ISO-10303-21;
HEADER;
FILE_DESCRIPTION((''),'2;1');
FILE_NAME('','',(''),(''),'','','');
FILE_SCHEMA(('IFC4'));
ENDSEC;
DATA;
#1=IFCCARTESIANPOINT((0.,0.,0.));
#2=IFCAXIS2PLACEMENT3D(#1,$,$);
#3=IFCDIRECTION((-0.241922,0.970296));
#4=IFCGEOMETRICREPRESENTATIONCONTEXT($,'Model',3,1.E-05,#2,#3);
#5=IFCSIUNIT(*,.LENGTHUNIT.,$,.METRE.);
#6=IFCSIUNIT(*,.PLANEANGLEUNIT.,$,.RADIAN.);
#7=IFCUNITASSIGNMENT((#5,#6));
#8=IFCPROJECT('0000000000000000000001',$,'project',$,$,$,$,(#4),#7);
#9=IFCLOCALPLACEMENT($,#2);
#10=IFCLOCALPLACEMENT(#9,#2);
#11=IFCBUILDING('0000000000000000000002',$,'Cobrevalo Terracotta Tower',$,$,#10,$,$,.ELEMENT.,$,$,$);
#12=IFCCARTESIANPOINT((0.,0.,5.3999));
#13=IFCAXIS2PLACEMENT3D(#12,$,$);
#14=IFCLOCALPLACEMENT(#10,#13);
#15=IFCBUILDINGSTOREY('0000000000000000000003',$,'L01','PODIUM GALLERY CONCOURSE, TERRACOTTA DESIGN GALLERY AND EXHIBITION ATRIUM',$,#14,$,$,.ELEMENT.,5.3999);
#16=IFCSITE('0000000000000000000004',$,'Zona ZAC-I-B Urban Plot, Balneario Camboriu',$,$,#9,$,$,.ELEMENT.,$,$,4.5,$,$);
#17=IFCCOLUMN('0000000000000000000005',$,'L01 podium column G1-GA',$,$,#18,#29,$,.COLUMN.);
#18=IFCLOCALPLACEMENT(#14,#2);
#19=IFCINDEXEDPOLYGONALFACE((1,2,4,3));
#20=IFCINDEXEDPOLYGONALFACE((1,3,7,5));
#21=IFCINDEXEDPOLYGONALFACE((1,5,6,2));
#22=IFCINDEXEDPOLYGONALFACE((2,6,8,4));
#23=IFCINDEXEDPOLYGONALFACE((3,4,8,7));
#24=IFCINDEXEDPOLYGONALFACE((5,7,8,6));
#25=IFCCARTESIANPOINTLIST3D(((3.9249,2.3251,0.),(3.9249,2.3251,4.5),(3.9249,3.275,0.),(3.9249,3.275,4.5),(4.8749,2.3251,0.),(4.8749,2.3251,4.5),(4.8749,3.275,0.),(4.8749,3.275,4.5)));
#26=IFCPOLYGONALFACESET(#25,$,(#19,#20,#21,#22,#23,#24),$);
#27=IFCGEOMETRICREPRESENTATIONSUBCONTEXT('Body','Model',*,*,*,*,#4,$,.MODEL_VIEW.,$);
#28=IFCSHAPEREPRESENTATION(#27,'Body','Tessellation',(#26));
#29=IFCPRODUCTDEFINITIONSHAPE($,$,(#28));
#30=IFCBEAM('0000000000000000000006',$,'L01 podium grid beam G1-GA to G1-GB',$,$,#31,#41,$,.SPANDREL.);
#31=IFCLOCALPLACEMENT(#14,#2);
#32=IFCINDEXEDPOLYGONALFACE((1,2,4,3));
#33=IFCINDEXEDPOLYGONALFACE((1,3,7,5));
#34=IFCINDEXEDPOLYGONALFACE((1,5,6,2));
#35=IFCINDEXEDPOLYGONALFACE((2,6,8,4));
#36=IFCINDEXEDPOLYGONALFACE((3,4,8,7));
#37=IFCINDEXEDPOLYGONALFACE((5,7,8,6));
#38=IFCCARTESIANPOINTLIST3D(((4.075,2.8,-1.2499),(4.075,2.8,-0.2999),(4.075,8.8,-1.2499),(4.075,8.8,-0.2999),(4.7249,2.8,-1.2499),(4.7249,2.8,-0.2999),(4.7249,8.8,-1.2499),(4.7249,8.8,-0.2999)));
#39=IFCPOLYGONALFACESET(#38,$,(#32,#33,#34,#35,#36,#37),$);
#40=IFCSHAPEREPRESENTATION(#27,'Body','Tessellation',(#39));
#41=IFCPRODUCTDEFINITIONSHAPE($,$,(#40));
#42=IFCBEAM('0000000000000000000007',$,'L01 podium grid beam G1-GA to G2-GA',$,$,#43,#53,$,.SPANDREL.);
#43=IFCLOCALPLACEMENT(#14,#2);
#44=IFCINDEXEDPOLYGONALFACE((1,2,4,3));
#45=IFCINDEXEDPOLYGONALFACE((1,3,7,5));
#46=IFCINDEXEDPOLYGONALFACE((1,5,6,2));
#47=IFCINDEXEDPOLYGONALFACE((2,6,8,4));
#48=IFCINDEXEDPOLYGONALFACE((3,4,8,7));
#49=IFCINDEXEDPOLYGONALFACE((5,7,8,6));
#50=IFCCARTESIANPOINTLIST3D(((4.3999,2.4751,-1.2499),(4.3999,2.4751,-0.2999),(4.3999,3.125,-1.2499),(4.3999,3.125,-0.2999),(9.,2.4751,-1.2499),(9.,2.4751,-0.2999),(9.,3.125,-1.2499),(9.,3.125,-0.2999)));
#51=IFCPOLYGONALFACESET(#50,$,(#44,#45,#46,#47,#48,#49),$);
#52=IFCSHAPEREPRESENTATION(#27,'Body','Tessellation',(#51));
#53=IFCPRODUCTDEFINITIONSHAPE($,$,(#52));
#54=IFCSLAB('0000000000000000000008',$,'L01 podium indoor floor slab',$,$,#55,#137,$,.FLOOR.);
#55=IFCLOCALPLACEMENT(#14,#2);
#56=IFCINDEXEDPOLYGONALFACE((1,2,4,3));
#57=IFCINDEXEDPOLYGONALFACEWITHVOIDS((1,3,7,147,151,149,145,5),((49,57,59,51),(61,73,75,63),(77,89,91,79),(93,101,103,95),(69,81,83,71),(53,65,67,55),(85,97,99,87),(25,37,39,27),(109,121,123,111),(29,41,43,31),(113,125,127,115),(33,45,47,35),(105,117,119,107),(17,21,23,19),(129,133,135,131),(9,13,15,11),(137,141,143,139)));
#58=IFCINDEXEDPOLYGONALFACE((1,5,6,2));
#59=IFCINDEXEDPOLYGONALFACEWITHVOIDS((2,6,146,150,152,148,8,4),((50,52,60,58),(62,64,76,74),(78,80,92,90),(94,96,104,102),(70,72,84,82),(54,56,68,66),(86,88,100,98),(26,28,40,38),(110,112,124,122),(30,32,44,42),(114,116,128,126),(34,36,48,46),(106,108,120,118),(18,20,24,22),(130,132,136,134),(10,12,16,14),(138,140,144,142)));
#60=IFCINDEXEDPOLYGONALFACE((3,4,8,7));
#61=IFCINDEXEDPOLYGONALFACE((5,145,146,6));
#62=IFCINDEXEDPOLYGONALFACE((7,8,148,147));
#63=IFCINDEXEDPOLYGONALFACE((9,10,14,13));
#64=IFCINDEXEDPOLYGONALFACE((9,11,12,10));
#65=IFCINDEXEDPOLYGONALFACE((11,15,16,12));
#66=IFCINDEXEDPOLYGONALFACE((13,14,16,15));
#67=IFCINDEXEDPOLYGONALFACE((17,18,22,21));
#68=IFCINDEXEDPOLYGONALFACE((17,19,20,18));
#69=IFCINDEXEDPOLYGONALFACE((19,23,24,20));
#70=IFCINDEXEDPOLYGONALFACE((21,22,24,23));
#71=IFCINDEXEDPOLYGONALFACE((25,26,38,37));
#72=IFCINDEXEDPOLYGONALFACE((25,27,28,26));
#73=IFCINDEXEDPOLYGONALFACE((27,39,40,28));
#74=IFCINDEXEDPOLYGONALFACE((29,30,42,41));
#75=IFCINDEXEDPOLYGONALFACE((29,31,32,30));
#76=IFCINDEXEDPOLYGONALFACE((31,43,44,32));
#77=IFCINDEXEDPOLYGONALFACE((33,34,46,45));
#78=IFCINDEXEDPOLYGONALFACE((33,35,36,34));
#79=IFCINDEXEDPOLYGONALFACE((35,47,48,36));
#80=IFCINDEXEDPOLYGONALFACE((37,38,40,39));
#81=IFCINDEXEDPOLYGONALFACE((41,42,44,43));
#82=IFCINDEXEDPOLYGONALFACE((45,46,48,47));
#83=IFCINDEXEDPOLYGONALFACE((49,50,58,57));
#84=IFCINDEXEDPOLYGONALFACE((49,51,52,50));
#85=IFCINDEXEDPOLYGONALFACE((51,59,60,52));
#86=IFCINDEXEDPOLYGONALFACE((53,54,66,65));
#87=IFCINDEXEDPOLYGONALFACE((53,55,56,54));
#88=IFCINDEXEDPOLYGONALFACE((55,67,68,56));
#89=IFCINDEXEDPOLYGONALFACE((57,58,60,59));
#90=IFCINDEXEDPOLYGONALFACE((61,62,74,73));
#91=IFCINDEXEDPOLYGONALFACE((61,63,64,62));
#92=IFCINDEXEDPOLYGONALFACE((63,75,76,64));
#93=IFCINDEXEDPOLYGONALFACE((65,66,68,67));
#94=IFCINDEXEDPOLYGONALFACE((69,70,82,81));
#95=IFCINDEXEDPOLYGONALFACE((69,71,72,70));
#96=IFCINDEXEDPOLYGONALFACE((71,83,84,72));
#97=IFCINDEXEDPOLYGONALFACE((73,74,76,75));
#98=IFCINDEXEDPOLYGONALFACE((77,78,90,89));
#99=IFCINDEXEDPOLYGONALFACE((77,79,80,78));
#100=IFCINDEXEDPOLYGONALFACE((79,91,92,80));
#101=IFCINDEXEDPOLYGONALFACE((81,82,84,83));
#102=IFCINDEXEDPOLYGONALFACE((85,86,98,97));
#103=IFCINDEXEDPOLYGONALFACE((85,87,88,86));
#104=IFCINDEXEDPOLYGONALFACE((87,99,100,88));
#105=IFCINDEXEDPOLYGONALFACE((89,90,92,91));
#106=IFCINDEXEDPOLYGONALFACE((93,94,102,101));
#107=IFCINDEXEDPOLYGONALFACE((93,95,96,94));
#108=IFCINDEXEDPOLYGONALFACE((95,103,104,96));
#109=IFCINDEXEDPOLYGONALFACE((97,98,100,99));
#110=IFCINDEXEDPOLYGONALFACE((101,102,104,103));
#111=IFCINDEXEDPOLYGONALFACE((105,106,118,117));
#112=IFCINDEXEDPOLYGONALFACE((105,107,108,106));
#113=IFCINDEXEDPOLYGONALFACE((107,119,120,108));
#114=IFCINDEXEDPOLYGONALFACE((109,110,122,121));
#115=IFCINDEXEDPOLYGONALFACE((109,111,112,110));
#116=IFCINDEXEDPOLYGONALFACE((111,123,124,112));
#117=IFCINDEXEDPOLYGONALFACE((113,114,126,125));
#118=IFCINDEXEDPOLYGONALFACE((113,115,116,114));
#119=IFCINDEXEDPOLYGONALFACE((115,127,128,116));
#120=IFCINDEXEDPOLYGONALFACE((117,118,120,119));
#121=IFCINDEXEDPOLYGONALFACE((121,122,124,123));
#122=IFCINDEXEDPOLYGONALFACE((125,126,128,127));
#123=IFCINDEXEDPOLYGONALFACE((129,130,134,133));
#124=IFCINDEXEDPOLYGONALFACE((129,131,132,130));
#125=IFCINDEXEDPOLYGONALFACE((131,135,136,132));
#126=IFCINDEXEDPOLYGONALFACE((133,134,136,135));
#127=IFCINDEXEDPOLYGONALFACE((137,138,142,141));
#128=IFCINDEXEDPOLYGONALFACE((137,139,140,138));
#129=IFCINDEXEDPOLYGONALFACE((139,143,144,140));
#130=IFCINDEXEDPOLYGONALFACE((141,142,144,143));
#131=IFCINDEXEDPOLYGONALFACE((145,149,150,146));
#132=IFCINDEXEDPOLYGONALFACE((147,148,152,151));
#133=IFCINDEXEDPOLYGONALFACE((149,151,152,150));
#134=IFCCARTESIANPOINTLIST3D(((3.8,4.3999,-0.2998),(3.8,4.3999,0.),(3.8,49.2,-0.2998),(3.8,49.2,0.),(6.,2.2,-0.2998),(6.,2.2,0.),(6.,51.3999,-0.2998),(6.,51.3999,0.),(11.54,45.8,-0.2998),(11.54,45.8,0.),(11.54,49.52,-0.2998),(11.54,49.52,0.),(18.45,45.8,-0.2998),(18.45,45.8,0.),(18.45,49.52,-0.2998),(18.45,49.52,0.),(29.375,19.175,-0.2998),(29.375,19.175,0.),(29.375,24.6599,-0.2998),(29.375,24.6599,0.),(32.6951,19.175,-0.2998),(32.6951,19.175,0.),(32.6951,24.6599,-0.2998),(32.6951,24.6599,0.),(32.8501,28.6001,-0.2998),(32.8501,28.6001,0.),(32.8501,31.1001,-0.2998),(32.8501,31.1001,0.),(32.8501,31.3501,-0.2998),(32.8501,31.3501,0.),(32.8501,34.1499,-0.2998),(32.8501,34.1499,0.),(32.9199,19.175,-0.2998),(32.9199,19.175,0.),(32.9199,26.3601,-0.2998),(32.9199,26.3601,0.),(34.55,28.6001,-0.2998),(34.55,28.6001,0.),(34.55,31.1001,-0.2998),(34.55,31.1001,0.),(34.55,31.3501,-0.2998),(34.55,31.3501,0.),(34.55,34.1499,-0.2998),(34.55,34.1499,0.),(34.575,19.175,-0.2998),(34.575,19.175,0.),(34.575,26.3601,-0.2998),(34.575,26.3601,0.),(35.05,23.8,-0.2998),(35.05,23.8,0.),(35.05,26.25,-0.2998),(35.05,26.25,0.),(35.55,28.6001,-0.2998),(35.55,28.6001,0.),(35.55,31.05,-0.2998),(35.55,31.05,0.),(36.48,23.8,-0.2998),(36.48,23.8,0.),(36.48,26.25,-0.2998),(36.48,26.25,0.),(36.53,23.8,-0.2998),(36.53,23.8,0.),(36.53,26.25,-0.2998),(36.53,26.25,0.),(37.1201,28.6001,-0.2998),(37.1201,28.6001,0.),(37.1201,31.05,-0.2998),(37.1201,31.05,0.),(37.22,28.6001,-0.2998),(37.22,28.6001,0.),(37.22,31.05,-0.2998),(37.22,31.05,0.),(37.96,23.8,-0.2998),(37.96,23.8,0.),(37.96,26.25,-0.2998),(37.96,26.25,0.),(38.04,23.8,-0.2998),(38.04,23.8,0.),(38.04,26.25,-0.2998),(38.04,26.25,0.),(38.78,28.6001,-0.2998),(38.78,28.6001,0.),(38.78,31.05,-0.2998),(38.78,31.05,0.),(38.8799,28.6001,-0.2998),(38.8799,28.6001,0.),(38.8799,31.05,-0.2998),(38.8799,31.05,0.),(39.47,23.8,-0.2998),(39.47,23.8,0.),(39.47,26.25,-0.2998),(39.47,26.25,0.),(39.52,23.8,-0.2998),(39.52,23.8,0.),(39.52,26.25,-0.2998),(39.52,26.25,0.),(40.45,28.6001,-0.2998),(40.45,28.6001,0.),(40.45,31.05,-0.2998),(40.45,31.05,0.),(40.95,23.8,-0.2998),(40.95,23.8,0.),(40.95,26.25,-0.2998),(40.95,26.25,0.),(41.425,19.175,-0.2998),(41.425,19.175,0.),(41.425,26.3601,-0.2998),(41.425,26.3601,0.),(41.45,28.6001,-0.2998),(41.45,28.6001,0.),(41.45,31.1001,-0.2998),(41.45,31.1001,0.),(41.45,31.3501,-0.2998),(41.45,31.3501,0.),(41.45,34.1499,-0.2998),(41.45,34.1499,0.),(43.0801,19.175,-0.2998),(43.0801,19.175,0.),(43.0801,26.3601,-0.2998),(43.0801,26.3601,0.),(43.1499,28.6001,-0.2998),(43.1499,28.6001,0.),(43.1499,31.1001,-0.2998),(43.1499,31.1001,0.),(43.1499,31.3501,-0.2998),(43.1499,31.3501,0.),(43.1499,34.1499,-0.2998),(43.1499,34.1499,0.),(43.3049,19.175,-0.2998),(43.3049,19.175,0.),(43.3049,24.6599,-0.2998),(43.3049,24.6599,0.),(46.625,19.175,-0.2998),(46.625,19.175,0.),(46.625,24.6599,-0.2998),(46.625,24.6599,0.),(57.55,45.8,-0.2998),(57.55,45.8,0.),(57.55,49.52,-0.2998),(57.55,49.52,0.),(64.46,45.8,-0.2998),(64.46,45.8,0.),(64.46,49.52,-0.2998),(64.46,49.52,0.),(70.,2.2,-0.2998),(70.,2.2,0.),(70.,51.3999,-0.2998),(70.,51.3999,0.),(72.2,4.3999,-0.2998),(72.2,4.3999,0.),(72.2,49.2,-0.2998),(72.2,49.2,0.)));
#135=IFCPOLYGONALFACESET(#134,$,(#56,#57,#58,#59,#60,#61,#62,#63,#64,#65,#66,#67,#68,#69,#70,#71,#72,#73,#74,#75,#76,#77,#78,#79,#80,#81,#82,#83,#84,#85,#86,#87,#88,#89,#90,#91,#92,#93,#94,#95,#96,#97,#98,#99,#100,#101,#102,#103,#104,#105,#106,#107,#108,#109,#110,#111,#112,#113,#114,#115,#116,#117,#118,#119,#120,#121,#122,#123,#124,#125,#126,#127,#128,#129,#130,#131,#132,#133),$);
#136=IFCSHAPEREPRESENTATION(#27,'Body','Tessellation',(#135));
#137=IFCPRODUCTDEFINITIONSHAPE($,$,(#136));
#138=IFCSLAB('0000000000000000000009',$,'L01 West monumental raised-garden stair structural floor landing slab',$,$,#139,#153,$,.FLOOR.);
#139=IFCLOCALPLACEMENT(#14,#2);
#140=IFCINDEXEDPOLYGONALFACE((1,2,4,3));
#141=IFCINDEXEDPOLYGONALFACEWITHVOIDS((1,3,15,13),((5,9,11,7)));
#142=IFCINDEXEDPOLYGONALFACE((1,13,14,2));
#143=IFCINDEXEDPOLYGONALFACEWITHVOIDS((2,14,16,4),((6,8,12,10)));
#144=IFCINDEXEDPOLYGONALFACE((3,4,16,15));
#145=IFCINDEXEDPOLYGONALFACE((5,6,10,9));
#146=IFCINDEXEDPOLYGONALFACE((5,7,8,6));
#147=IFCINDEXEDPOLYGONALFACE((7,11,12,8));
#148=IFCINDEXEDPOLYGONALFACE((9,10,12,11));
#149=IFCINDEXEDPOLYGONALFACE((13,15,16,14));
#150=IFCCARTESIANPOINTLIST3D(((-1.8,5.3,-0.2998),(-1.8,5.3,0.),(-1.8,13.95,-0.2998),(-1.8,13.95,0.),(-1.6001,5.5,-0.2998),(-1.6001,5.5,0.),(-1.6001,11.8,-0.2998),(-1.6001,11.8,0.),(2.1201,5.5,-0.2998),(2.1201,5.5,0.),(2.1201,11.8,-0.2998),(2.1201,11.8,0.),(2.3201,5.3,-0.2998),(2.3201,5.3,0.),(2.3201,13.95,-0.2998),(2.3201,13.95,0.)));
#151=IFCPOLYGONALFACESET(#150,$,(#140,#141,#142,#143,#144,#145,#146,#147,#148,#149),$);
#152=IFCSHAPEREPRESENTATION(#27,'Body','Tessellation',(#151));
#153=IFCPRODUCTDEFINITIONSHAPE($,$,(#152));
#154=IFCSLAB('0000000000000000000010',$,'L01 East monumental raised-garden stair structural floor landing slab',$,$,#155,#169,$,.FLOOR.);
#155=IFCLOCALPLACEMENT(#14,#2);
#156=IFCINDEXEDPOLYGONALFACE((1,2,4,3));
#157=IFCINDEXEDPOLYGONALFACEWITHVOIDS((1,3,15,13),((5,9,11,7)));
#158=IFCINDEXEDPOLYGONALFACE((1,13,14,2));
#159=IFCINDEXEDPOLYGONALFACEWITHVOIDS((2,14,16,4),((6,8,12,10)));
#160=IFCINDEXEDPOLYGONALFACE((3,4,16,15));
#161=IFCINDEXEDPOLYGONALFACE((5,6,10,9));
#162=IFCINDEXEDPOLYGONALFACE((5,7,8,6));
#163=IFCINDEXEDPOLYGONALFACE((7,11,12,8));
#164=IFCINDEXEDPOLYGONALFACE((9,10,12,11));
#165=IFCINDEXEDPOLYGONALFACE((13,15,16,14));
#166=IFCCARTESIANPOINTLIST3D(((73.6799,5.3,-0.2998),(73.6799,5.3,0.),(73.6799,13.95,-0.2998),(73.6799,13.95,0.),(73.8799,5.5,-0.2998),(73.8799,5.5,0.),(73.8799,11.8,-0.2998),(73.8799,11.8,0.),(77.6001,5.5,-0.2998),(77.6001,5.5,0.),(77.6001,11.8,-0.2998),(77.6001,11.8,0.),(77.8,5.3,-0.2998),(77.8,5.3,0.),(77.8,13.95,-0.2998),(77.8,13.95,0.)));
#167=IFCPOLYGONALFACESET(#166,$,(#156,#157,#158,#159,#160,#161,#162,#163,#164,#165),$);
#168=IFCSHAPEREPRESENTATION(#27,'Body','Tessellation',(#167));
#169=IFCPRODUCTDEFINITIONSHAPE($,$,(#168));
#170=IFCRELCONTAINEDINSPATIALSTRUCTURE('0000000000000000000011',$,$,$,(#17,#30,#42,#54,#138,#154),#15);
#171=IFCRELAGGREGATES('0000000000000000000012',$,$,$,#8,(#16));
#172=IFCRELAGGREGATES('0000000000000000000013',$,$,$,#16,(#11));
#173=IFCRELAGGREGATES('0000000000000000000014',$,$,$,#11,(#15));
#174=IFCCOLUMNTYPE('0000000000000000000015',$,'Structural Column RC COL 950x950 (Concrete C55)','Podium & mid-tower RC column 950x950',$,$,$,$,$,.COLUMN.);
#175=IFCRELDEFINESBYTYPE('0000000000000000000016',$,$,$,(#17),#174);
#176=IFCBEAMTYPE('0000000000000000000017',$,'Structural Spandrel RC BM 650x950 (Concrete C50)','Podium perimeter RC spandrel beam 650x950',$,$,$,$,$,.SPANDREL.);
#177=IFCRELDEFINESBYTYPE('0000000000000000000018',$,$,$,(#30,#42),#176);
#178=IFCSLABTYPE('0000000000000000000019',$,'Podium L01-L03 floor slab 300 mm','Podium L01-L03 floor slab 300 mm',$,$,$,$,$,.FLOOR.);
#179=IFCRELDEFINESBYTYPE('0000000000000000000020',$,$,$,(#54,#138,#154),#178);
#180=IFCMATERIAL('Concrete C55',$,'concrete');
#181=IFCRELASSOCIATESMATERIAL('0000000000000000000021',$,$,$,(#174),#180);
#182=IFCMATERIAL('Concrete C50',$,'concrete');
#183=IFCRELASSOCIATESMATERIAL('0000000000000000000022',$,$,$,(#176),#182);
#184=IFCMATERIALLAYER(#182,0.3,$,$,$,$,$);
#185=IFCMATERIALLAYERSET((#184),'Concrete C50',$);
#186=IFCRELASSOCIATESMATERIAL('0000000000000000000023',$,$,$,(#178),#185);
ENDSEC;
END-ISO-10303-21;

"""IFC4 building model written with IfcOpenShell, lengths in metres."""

from ifc_helpers import new_model, si_unit, direction, frame, origin, origin_2d, place, context, subcontext, project, spatial, polyline, rectangle, outline, extrude, material, layer, layer_set, material_profile, profile_set, type_object, element, save


model = new_model("IFC4")

# Units and contexts
model_context = context("Model", 3, precision=1e-05, world=origin(), true_north=direction((-0.241922, 0.970296)))
body_context = subcontext(model_context, "Body", "Model", "MODEL_VIEW")
ifc_project = project(units=[si_unit("LENGTHUNIT", "METRE"), si_unit("PLANEANGLEUNIT", "RADIAN")], contexts=[model_context])

# Site, building, storey
site_placement = place(None, origin())
site = spatial("IfcSite", under=ifc_project, at=site_placement, Name="Zona ZAC-I-B Urban Plot, Balneario Camboriu", CompositionType="ELEMENT", RefElevation=4.5)
building_placement = place(site_placement, origin())
building = spatial("IfcBuilding", under=site, at=building_placement, Name="Cobrevalo Terracotta Tower", CompositionType="ELEMENT")
storey_placement = place(building_placement, frame((0.0, 0.0, 5.3999)))
storey = spatial("IfcBuildingStorey", under=building, at=storey_placement, Name="L01", Description="PODIUM GALLERY CONCOURSE, TERRACOTTA DESIGN GALLERY AND EXHIBITION ATRIUM", CompositionType="ELEMENT", Elevation=5.3999)

# Column
ifc_material_1 = material(Name="Concrete C55", Category="concrete")
ifc_material_profile_1 = material_profile(ifc_material_1, rectangle(XDim=0.95, YDim=0.95, at=origin_2d()), Name="RC COL 950x950")
ifc_profile_set_1 = profile_set([ifc_material_profile_1], Name="Concrete C55")
column_type = type_object("IfcColumnType", Name="Structural Column RC COL 950x950 (Concrete C55)", Description="Podium & mid-tower RC column 950x950", PredefinedType="COLUMN", material=ifc_profile_set_1)
column_placement = place(storey_placement, frame((4.3999, 2.8, 0.0), z_axis=(0.0, 0.0, 1.0), x_axis=(1.0, 0.0, 0.0)))
element("IfcColumn", 1, at=column_placement, inside=storey, type_object=column_type, Name="L01 podium column G1-GA", PredefinedType="COLUMN", context=body_context, shape_type="SweptSolid", body=[
    extrude(rectangle(XDim=0.95, YDim=0.95, at=origin_2d()), origin(), (0.0, 0.0, 1.0), 4.5),
])

# Beams
ifc_material_2 = material(Name="Concrete C50", Category="concrete")
ifc_material_profile_2 = material_profile(ifc_material_2, rectangle(XDim=0.6499, YDim=0.95, at=origin_2d()), Name="RC BM 650x950")
ifc_profile_set_2 = profile_set([ifc_material_profile_2], Name="Concrete C50")
beam_type = type_object("IfcBeamType", Name="Structural Spandrel RC BM 650x950 (Concrete C50)", Description="Podium perimeter RC spandrel beam 650x950", PredefinedType="SPANDREL", material=ifc_profile_set_2)
beam_1_placement = place(storey_placement, frame((4.3999, 2.8, -0.7749), z_axis=(0.0, 1.0, 0.0), x_axis=(-1.0, 0.0, 0.0)))
element("IfcBeam", 2, at=beam_1_placement, inside=storey, type_object=beam_type, Name="L01 podium grid beam G1-GA to G1-GB", PredefinedType="SPANDREL", context=body_context, shape_type="SweptSolid", body=[
    extrude(rectangle(XDim=0.6499, YDim=0.95, at=origin_2d()), origin(), (0.0, 0.0, 1.0), 6.0),
])
beam_2_placement = place(storey_placement, frame((4.3999, 2.8, -0.7749), z_axis=(1.0, 0.0, 0.0), x_axis=(0.0, 1.0, 0.0)))
element("IfcBeam", 3, at=beam_2_placement, inside=storey, type_object=beam_type, Name="L01 podium grid beam G1-GA to G2-GA", PredefinedType="SPANDREL", context=body_context, shape_type="SweptSolid", body=[
    extrude(rectangle(XDim=0.6499, YDim=0.95, at=origin_2d()), origin(), (0.0, 0.0, 1.0), 4.6001),
])

# Slabs
ifc_layer_1 = layer(ifc_material_2, 0.3)
ifc_layer_set_1 = layer_set([ifc_layer_1], Name="Concrete C50")
slab_type_1 = type_object("IfcSlabType", Name="Podium L01-L03 floor slab 300 mm", Description="Podium L01-L03 floor slab 300 mm", PredefinedType="FLOOR", material=ifc_layer_set_1)
slab_1_placement = place(storey_placement, frame((0.0, 0.0, -0.2998)))
element("IfcSlab", 4, at=slab_1_placement, inside=storey, type_object=slab_type_1, Name="L01 podium indoor floor slab", PredefinedType="FLOOR", context=body_context, shape_type="SweptSolid", body=[
    extrude(outline(polyline([(3.8, 4.3999), (3.8, 49.2), (6.0, 51.3999), (70.0, 51.3999), (72.2, 49.2), (72.2, 4.3999), (70.0, 2.2), (6.0, 2.2), (3.8, 4.3999)]), holes=[polyline([(29.375, 19.175), (32.6951, 19.175), (32.6951, 24.6599), (29.375, 24.6599), (29.375, 19.175)]), polyline([(34.575, 19.175), (34.575, 26.3601), (32.9199, 26.3601), (32.9199, 19.175), (34.575, 19.175)]), polyline([(36.48, 23.8), (36.48, 26.25), (35.05, 26.25), (35.05, 23.8), (36.48, 23.8)]), polyline([(37.96, 23.8), (37.96, 26.25), (36.53, 26.25), (36.53, 23.8), (37.96, 23.8)]), polyline([(37.1201, 28.6001), (37.1201, 31.05), (35.55, 31.05), (35.55, 28.6001), (37.1201, 28.6001)]), polyline([(38.78, 28.6001), (38.78, 31.05), (37.22, 31.05), (37.22, 28.6001), (38.78, 28.6001)]), polyline([(34.55, 28.6001), (34.55, 31.1001), (32.8501, 31.1001), (32.8501, 28.6001), (34.55, 28.6001)]), polyline([(34.55, 31.3501), (34.55, 34.1499), (32.8501, 34.1499), (32.8501, 31.3501), (34.55, 31.3501)]), polyline([(18.45, 45.8), (18.45, 49.52), (11.54, 49.52), (11.54, 45.8), (18.45, 45.8)]), polyline([(43.3049, 19.175), (46.625, 19.175), (46.625, 24.6599), (43.3049, 24.6599), (43.3049, 19.175)]), polyline([(43.0801, 19.175), (43.0801, 26.3601), (41.425, 26.3601), (41.425, 19.175), (43.0801, 19.175)]), polyline([(39.47, 23.8), (39.47, 26.25), (38.04, 26.25), (38.04, 23.8), (39.47, 23.8)]), polyline([(40.95, 23.8), (40.95, 26.25), (39.52, 26.25), (39.52, 23.8), (40.95, 23.8)]), polyline([(40.45, 28.6001), (40.45, 31.05), (38.8799, 31.05), (38.8799, 28.6001), (40.45, 28.6001)]), polyline([(43.1499, 28.6001), (43.1499, 31.1001), (41.45, 31.1001), (41.45, 28.6001), (43.1499, 28.6001)]), polyline([(41.45, 31.3501), (43.1499, 31.3501), (43.1499, 34.1499), (41.45, 34.1499), (41.45, 31.3501)]), polyline([(64.46, 49.52), (57.55, 49.52), (57.55, 45.8), (64.46, 45.8), (64.46, 49.52)])]), origin(), (0.0, 0.0, 1.0), 0.2998),
])
slab_2_placement = place(storey_placement, frame((0.0, 0.0, -0.2998)))
element("IfcSlab", 5, at=slab_2_placement, inside=storey, type_object=slab_type_1, Name="L01 West monumental raised-garden stair structural floor landing slab", PredefinedType="FLOOR", context=body_context, shape_type="SweptSolid", body=[
    extrude(outline(polyline([(-1.8, 13.95), (2.3201, 13.95), (2.3201, 5.3), (-1.8, 5.3), (-1.8, 13.95)]), holes=[polyline([(-1.6001, 5.5), (2.1201, 5.5), (2.1201, 11.8), (-1.6001, 11.8), (-1.6001, 5.5)])]), origin(), (0.0, 0.0, 1.0), 0.2998),
])
slab_3_placement = place(storey_placement, frame((0.0, 0.0, -0.2998)))
element("IfcSlab", 6, at=slab_3_placement, inside=storey, type_object=slab_type_1, Name="L01 East monumental raised-garden stair structural floor landing slab", PredefinedType="FLOOR", context=body_context, shape_type="SweptSolid", body=[
    extrude(outline(polyline([(73.6799, 13.95), (77.8, 13.95), (77.8, 5.3), (73.6799, 5.3), (73.6799, 13.95)]), holes=[polyline([(73.8799, 5.5), (77.6001, 5.5), (77.6001, 11.8), (73.8799, 11.8), (73.8799, 5.5)])]), origin(), (0.0, 0.0, 1.0), 0.2998),
])

save(model, "model.ifc")
